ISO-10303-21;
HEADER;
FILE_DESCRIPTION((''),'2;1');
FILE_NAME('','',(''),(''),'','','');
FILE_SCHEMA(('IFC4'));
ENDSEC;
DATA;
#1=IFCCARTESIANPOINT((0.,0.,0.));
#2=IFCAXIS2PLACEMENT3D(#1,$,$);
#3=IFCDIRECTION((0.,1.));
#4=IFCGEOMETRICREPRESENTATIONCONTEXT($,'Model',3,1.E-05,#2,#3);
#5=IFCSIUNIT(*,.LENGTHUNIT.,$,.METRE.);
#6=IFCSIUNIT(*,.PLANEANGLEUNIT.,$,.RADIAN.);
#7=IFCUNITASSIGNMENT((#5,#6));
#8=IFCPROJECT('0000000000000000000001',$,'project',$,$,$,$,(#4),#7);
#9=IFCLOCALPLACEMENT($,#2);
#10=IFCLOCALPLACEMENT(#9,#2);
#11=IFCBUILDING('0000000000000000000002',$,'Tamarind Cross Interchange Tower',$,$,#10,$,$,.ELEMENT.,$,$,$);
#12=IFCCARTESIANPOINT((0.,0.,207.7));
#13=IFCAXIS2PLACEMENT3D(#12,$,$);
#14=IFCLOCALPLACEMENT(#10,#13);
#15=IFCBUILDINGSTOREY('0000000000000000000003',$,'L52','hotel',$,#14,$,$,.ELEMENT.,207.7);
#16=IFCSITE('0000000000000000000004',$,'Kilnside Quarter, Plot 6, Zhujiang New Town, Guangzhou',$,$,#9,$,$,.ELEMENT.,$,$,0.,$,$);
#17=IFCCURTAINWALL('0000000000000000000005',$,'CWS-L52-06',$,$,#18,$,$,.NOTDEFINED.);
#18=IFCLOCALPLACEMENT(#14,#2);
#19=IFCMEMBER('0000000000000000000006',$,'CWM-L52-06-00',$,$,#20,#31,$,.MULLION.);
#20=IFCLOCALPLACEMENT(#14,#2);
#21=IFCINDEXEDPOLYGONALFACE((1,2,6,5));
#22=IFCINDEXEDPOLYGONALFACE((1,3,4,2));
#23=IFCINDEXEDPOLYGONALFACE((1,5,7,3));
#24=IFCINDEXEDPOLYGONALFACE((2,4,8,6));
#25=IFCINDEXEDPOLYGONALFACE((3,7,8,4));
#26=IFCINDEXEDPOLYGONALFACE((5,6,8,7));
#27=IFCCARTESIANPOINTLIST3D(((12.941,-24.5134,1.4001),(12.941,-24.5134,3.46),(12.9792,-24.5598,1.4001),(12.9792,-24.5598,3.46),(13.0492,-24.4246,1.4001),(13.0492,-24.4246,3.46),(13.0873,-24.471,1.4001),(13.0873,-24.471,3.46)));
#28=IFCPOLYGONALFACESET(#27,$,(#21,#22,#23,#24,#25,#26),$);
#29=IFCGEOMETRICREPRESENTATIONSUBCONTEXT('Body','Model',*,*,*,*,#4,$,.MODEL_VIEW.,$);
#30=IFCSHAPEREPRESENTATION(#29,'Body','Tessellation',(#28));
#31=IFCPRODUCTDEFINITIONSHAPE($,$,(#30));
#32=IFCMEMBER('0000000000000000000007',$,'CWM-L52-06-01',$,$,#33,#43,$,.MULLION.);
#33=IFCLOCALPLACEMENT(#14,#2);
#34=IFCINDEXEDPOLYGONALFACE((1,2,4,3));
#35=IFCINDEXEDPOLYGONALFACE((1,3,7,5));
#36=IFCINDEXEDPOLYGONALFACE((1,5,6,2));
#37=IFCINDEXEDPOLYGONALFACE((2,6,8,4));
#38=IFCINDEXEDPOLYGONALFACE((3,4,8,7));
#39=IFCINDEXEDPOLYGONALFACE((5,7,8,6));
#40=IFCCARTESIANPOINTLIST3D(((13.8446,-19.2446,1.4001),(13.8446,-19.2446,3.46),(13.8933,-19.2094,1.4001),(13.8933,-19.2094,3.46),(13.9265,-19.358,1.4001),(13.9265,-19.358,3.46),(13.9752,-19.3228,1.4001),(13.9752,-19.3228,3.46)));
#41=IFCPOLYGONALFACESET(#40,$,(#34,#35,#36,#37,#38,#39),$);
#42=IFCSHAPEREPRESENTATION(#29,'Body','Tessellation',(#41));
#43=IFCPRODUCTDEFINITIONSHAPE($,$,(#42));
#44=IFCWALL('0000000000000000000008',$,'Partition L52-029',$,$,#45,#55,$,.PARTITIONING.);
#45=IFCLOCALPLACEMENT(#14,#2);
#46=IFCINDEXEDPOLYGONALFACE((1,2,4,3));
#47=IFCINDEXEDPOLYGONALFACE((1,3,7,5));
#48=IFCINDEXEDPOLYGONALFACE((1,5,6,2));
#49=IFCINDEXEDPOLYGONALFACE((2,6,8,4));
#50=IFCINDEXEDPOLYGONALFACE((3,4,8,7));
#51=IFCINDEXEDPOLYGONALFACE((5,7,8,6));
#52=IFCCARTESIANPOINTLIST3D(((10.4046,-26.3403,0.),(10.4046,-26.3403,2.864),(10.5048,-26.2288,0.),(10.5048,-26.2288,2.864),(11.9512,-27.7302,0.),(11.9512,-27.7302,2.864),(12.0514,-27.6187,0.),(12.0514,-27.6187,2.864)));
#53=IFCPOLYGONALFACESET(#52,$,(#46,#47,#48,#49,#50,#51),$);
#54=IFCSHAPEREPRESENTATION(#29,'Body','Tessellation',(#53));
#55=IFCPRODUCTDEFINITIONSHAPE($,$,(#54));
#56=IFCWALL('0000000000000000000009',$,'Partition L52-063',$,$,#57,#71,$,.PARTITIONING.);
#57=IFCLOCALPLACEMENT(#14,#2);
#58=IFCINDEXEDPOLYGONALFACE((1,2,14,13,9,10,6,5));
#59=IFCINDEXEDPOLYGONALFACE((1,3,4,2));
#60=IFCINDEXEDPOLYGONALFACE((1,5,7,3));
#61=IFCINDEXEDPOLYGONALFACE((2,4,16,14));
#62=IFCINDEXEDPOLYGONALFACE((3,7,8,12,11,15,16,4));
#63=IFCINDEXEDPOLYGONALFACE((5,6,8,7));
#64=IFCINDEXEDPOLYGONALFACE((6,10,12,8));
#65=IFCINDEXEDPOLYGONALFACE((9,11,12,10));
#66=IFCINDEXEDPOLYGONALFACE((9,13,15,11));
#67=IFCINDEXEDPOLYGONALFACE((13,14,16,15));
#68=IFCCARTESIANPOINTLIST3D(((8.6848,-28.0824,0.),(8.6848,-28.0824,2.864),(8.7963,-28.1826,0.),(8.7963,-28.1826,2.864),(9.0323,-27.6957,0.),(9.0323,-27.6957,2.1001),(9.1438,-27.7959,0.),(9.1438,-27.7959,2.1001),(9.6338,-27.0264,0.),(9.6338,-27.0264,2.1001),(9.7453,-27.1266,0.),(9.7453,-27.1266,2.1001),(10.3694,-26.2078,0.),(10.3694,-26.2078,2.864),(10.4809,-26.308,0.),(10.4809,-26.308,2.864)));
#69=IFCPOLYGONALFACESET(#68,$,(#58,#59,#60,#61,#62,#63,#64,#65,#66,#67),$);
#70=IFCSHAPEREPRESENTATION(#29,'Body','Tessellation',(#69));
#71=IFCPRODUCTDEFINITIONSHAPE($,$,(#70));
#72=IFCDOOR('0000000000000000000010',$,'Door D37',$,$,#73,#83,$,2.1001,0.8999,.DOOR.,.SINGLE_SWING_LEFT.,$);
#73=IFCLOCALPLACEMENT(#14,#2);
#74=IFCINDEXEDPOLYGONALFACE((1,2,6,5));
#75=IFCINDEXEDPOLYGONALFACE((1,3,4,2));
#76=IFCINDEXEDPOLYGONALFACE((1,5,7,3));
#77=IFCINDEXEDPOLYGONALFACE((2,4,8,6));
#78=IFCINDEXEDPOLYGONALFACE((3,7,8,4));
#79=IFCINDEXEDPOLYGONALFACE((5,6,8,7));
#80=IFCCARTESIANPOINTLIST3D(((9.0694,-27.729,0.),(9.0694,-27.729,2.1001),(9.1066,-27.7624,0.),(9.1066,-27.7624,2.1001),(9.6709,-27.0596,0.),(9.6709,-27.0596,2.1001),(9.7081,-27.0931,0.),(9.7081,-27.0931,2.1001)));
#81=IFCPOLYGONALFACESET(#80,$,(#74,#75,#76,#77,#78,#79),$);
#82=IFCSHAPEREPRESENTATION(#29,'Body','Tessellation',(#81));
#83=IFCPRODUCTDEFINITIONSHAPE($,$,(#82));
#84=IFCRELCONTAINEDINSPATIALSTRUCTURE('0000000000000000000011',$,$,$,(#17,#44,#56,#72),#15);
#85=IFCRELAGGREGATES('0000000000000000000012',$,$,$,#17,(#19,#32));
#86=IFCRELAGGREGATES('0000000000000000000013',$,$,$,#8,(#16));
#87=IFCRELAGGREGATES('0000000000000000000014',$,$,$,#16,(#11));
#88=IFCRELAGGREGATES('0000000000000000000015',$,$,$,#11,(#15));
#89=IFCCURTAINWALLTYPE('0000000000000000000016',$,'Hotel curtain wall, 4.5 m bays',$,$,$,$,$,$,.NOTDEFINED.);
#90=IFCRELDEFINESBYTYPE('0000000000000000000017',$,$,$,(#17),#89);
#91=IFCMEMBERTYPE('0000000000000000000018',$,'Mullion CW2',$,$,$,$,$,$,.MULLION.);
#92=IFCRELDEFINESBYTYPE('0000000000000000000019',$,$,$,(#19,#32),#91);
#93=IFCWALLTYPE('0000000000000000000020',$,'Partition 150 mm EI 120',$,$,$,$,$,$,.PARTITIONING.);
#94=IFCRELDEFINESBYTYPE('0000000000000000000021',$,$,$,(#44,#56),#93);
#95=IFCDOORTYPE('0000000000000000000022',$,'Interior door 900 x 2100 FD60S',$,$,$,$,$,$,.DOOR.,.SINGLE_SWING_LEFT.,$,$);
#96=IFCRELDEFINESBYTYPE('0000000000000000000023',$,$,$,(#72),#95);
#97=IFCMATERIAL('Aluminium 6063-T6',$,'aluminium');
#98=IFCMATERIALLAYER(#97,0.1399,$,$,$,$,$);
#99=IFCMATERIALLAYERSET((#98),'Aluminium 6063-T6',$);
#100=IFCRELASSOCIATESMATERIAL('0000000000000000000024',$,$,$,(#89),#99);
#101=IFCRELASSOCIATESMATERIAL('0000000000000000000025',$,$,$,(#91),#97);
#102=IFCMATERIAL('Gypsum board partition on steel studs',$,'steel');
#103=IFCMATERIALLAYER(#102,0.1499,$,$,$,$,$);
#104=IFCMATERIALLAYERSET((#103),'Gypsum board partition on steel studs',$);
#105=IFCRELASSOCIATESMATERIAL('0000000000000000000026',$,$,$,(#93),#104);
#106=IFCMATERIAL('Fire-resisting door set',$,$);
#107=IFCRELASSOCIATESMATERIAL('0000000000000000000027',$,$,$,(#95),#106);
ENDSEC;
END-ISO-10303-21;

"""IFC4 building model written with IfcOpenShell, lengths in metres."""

from ifc_helpers import new_model, si_unit, direction, frame, frame_2d, origin, origin_2d, place, context, subcontext, project, spatial, rectangle, extrude, material, layer, layer_set, material_profile, profile_set, type_object, element, fill, aggregate, save


model = new_model("IFC4")

# Units and contexts
model_context = context("Model", 3, precision=1e-05, world=origin(), true_north=direction((0.0, 1.0)))
body_context = subcontext(model_context, "Body", "Model", "MODEL_VIEW")
ifc_project = project(units=[si_unit("LENGTHUNIT", "METRE"), si_unit("PLANEANGLEUNIT", "RADIAN")], contexts=[model_context])

# Site, building, storey
site_placement = place(None, origin())
site = spatial("IfcSite", under=ifc_project, at=site_placement, Name="Kilnside Quarter, Plot 6, Zhujiang New Town, Guangzhou", CompositionType="ELEMENT", RefElevation=0.0)
building_placement = place(site_placement, origin())
building = spatial("IfcBuilding", under=site, at=building_placement, Name="Tamarind Cross Interchange Tower", CompositionType="ELEMENT")
storey_placement = place(building_placement, frame((0.0, 0.0, 207.7)))
storey = spatial("IfcBuildingStorey", under=building, at=storey_placement, Name="L52", Description="hotel", CompositionType="ELEMENT", Elevation=207.7)

# Curtain wall, members
ifc_material_1 = material(Name="Aluminium 6063-T6", Category="aluminium")
ifc_layer_1 = layer(ifc_material_1, 0.1399)
ifc_layer_set_1 = layer_set([ifc_layer_1], Name="Aluminium 6063-T6")
curtain_wall_type = type_object("IfcCurtainWallType", Name="Hotel curtain wall, 4.5 m bays", PredefinedType="NOTDEFINED", material=ifc_layer_set_1)
ifc_material_profile_1 = material_profile(ifc_material_1, rectangle(XDim=0.0601, YDim=0.1399, at=origin_2d()), Name="Mullion CW2")
ifc_profile_set_1 = profile_set([ifc_material_profile_1], Name="Aluminium 6063-T6")
member_type = type_object("IfcMemberType", Name="Mullion CW2", PredefinedType="MULLION", material=ifc_profile_set_1)
curtain_wall_1_placement = place(storey_placement, origin())
curtain_wall_1 = element("IfcCurtainWall", 1, at=curtain_wall_1_placement, inside=storey, type_object=curtain_wall_type, Name="CWS-L52-06", PredefinedType="NOTDEFINED")
member_1_placement = place(storey_placement, frame((13.0142, -24.4922, 1.4001), z_axis=(0.0, 0.0, 1.0), x_axis=(-0.634503, 0.77292, 0.0)))
member_1 = element("IfcMember", 2, at=member_1_placement, type_object=member_type, Name="CWM-L52-06-00", PredefinedType="MULLION", context=body_context, shape_type="SweptSolid", body=[
    extrude(rectangle(XDim=0.0601, YDim=0.1399, at=origin_2d()), origin(), (0.0, 0.0, 1.0), 2.0598),
])
member_2_placement = place(storey_placement, frame((13.9099, -19.2837, 1.4001), z_axis=(0.0, 0.0, 1.0), x_axis=(0.810455, 0.585801, 0.0)))
member_2 = element("IfcMember", 3, at=member_2_placement, type_object=member_type, Name="CWM-L52-06-01", PredefinedType="MULLION", context=body_context, shape_type="SweptSolid", body=[
    extrude(rectangle(XDim=0.0601, YDim=0.1399, at=origin_2d()), origin(), (0.0, 0.0, 1.0), 2.0598),
])
aggregate(curtain_wall_1, [member_1, member_2])

# Wall
ifc_material_2 = material(Name="Gypsum board partition on steel studs", Category="steel")
ifc_layer_2 = layer(ifc_material_2, 0.1499)
ifc_layer_set_2 = layer_set([ifc_layer_2], Name="Gypsum board partition on steel studs")
wall_type = type_object("IfcWallType", Name="Partition 150 mm EI 120", PredefinedType="PARTITIONING", material=ifc_layer_set_2)
wall_1_placement = place(storey_placement, frame((10.4548, -26.2847, 0.0), z_axis=(0.0, 0.0, 1.0), x_axis=(0.74379, -0.668413, 0.0)))
element("IfcWall", 4, at=wall_1_placement, inside=storey, type_object=wall_type, Name="Partition L52-029", PredefinedType="PARTITIONING", context=body_context, shape_type="SweptSolid", body=[
    extrude(rectangle(XDim=2.0793, YDim=0.1499, at=frame_2d((1.0396, 0.0))), origin(), (0.0, 0.0, 1.0), 2.864),
])

# Wall, opening, door
wall_2_placement = place(storey_placement, frame((8.7405, -28.1326, 0.0), z_axis=(0.0, 0.0, 1.0), x_axis=(0.668419, 0.743785, 0.0)))
wall_2 = element("IfcWall", 5, at=wall_2_placement, inside=storey, type_object=wall_type, Name="Partition L52-063", PredefinedType="PARTITIONING", context=body_context, shape_type="SweptSolid", body=[
    extrude(rectangle(XDim=2.5203, YDim=0.1499, at=frame_2d((1.2603, 0.0))), origin(), (0.0, 0.0, 1.0), 2.864),
])
opening_placement = place(wall_2_placement, frame((0.52, 0.0, 0.0)))
opening = element("IfcOpeningElement", 6, at=opening_placement, cuts=wall_2, PredefinedType="OPENING", context=body_context, shape_type="SweptSolid", body=[
    extrude(rectangle(XDim=0.8999, YDim=2.1001, at=frame_2d((0.45, 1.05))), frame((0.0, 0.085, 0.0), z_axis=(0.0, -1.0, 0.0), x_axis=(1.0, 0.0, 0.0)), (0.0, 0.0, 1.0), 0.1699),
])
ifc_material_3 = material(Name="Fire-resisting door set")
door_type = type_object("IfcDoorType", Name="Interior door 900 x 2100 FD60S", OperationType="SINGLE_SWING_LEFT", PredefinedType="DOOR", material=ifc_material_3)
door_placement = place(opening_placement, frame((0.8999, 0.0, 0.0), z_axis=(0.0, 0.0, 1.0), x_axis=(-1.0, 0.0, 0.0)))
door = element("IfcDoor", 7, at=door_placement, inside=storey, type_object=door_type, Name="Door D37", OperationType="SINGLE_SWING_LEFT", OverallHeight=2.1001, OverallWidth=0.8999, PredefinedType="DOOR", context=body_context, shape_type="SweptSolid", body=[
    extrude(rectangle(XDim=0.8999, YDim=2.1001, at=frame_2d((0.45, 1.05))), frame((0.0, 0.0249, 0.0), z_axis=(0.0, -1.0, 0.0), x_axis=(1.0, 0.0, 0.0)), (0.0, 0.0, 1.0), 0.05),
])
fill(opening, door)

save(model, "model.ifc")
